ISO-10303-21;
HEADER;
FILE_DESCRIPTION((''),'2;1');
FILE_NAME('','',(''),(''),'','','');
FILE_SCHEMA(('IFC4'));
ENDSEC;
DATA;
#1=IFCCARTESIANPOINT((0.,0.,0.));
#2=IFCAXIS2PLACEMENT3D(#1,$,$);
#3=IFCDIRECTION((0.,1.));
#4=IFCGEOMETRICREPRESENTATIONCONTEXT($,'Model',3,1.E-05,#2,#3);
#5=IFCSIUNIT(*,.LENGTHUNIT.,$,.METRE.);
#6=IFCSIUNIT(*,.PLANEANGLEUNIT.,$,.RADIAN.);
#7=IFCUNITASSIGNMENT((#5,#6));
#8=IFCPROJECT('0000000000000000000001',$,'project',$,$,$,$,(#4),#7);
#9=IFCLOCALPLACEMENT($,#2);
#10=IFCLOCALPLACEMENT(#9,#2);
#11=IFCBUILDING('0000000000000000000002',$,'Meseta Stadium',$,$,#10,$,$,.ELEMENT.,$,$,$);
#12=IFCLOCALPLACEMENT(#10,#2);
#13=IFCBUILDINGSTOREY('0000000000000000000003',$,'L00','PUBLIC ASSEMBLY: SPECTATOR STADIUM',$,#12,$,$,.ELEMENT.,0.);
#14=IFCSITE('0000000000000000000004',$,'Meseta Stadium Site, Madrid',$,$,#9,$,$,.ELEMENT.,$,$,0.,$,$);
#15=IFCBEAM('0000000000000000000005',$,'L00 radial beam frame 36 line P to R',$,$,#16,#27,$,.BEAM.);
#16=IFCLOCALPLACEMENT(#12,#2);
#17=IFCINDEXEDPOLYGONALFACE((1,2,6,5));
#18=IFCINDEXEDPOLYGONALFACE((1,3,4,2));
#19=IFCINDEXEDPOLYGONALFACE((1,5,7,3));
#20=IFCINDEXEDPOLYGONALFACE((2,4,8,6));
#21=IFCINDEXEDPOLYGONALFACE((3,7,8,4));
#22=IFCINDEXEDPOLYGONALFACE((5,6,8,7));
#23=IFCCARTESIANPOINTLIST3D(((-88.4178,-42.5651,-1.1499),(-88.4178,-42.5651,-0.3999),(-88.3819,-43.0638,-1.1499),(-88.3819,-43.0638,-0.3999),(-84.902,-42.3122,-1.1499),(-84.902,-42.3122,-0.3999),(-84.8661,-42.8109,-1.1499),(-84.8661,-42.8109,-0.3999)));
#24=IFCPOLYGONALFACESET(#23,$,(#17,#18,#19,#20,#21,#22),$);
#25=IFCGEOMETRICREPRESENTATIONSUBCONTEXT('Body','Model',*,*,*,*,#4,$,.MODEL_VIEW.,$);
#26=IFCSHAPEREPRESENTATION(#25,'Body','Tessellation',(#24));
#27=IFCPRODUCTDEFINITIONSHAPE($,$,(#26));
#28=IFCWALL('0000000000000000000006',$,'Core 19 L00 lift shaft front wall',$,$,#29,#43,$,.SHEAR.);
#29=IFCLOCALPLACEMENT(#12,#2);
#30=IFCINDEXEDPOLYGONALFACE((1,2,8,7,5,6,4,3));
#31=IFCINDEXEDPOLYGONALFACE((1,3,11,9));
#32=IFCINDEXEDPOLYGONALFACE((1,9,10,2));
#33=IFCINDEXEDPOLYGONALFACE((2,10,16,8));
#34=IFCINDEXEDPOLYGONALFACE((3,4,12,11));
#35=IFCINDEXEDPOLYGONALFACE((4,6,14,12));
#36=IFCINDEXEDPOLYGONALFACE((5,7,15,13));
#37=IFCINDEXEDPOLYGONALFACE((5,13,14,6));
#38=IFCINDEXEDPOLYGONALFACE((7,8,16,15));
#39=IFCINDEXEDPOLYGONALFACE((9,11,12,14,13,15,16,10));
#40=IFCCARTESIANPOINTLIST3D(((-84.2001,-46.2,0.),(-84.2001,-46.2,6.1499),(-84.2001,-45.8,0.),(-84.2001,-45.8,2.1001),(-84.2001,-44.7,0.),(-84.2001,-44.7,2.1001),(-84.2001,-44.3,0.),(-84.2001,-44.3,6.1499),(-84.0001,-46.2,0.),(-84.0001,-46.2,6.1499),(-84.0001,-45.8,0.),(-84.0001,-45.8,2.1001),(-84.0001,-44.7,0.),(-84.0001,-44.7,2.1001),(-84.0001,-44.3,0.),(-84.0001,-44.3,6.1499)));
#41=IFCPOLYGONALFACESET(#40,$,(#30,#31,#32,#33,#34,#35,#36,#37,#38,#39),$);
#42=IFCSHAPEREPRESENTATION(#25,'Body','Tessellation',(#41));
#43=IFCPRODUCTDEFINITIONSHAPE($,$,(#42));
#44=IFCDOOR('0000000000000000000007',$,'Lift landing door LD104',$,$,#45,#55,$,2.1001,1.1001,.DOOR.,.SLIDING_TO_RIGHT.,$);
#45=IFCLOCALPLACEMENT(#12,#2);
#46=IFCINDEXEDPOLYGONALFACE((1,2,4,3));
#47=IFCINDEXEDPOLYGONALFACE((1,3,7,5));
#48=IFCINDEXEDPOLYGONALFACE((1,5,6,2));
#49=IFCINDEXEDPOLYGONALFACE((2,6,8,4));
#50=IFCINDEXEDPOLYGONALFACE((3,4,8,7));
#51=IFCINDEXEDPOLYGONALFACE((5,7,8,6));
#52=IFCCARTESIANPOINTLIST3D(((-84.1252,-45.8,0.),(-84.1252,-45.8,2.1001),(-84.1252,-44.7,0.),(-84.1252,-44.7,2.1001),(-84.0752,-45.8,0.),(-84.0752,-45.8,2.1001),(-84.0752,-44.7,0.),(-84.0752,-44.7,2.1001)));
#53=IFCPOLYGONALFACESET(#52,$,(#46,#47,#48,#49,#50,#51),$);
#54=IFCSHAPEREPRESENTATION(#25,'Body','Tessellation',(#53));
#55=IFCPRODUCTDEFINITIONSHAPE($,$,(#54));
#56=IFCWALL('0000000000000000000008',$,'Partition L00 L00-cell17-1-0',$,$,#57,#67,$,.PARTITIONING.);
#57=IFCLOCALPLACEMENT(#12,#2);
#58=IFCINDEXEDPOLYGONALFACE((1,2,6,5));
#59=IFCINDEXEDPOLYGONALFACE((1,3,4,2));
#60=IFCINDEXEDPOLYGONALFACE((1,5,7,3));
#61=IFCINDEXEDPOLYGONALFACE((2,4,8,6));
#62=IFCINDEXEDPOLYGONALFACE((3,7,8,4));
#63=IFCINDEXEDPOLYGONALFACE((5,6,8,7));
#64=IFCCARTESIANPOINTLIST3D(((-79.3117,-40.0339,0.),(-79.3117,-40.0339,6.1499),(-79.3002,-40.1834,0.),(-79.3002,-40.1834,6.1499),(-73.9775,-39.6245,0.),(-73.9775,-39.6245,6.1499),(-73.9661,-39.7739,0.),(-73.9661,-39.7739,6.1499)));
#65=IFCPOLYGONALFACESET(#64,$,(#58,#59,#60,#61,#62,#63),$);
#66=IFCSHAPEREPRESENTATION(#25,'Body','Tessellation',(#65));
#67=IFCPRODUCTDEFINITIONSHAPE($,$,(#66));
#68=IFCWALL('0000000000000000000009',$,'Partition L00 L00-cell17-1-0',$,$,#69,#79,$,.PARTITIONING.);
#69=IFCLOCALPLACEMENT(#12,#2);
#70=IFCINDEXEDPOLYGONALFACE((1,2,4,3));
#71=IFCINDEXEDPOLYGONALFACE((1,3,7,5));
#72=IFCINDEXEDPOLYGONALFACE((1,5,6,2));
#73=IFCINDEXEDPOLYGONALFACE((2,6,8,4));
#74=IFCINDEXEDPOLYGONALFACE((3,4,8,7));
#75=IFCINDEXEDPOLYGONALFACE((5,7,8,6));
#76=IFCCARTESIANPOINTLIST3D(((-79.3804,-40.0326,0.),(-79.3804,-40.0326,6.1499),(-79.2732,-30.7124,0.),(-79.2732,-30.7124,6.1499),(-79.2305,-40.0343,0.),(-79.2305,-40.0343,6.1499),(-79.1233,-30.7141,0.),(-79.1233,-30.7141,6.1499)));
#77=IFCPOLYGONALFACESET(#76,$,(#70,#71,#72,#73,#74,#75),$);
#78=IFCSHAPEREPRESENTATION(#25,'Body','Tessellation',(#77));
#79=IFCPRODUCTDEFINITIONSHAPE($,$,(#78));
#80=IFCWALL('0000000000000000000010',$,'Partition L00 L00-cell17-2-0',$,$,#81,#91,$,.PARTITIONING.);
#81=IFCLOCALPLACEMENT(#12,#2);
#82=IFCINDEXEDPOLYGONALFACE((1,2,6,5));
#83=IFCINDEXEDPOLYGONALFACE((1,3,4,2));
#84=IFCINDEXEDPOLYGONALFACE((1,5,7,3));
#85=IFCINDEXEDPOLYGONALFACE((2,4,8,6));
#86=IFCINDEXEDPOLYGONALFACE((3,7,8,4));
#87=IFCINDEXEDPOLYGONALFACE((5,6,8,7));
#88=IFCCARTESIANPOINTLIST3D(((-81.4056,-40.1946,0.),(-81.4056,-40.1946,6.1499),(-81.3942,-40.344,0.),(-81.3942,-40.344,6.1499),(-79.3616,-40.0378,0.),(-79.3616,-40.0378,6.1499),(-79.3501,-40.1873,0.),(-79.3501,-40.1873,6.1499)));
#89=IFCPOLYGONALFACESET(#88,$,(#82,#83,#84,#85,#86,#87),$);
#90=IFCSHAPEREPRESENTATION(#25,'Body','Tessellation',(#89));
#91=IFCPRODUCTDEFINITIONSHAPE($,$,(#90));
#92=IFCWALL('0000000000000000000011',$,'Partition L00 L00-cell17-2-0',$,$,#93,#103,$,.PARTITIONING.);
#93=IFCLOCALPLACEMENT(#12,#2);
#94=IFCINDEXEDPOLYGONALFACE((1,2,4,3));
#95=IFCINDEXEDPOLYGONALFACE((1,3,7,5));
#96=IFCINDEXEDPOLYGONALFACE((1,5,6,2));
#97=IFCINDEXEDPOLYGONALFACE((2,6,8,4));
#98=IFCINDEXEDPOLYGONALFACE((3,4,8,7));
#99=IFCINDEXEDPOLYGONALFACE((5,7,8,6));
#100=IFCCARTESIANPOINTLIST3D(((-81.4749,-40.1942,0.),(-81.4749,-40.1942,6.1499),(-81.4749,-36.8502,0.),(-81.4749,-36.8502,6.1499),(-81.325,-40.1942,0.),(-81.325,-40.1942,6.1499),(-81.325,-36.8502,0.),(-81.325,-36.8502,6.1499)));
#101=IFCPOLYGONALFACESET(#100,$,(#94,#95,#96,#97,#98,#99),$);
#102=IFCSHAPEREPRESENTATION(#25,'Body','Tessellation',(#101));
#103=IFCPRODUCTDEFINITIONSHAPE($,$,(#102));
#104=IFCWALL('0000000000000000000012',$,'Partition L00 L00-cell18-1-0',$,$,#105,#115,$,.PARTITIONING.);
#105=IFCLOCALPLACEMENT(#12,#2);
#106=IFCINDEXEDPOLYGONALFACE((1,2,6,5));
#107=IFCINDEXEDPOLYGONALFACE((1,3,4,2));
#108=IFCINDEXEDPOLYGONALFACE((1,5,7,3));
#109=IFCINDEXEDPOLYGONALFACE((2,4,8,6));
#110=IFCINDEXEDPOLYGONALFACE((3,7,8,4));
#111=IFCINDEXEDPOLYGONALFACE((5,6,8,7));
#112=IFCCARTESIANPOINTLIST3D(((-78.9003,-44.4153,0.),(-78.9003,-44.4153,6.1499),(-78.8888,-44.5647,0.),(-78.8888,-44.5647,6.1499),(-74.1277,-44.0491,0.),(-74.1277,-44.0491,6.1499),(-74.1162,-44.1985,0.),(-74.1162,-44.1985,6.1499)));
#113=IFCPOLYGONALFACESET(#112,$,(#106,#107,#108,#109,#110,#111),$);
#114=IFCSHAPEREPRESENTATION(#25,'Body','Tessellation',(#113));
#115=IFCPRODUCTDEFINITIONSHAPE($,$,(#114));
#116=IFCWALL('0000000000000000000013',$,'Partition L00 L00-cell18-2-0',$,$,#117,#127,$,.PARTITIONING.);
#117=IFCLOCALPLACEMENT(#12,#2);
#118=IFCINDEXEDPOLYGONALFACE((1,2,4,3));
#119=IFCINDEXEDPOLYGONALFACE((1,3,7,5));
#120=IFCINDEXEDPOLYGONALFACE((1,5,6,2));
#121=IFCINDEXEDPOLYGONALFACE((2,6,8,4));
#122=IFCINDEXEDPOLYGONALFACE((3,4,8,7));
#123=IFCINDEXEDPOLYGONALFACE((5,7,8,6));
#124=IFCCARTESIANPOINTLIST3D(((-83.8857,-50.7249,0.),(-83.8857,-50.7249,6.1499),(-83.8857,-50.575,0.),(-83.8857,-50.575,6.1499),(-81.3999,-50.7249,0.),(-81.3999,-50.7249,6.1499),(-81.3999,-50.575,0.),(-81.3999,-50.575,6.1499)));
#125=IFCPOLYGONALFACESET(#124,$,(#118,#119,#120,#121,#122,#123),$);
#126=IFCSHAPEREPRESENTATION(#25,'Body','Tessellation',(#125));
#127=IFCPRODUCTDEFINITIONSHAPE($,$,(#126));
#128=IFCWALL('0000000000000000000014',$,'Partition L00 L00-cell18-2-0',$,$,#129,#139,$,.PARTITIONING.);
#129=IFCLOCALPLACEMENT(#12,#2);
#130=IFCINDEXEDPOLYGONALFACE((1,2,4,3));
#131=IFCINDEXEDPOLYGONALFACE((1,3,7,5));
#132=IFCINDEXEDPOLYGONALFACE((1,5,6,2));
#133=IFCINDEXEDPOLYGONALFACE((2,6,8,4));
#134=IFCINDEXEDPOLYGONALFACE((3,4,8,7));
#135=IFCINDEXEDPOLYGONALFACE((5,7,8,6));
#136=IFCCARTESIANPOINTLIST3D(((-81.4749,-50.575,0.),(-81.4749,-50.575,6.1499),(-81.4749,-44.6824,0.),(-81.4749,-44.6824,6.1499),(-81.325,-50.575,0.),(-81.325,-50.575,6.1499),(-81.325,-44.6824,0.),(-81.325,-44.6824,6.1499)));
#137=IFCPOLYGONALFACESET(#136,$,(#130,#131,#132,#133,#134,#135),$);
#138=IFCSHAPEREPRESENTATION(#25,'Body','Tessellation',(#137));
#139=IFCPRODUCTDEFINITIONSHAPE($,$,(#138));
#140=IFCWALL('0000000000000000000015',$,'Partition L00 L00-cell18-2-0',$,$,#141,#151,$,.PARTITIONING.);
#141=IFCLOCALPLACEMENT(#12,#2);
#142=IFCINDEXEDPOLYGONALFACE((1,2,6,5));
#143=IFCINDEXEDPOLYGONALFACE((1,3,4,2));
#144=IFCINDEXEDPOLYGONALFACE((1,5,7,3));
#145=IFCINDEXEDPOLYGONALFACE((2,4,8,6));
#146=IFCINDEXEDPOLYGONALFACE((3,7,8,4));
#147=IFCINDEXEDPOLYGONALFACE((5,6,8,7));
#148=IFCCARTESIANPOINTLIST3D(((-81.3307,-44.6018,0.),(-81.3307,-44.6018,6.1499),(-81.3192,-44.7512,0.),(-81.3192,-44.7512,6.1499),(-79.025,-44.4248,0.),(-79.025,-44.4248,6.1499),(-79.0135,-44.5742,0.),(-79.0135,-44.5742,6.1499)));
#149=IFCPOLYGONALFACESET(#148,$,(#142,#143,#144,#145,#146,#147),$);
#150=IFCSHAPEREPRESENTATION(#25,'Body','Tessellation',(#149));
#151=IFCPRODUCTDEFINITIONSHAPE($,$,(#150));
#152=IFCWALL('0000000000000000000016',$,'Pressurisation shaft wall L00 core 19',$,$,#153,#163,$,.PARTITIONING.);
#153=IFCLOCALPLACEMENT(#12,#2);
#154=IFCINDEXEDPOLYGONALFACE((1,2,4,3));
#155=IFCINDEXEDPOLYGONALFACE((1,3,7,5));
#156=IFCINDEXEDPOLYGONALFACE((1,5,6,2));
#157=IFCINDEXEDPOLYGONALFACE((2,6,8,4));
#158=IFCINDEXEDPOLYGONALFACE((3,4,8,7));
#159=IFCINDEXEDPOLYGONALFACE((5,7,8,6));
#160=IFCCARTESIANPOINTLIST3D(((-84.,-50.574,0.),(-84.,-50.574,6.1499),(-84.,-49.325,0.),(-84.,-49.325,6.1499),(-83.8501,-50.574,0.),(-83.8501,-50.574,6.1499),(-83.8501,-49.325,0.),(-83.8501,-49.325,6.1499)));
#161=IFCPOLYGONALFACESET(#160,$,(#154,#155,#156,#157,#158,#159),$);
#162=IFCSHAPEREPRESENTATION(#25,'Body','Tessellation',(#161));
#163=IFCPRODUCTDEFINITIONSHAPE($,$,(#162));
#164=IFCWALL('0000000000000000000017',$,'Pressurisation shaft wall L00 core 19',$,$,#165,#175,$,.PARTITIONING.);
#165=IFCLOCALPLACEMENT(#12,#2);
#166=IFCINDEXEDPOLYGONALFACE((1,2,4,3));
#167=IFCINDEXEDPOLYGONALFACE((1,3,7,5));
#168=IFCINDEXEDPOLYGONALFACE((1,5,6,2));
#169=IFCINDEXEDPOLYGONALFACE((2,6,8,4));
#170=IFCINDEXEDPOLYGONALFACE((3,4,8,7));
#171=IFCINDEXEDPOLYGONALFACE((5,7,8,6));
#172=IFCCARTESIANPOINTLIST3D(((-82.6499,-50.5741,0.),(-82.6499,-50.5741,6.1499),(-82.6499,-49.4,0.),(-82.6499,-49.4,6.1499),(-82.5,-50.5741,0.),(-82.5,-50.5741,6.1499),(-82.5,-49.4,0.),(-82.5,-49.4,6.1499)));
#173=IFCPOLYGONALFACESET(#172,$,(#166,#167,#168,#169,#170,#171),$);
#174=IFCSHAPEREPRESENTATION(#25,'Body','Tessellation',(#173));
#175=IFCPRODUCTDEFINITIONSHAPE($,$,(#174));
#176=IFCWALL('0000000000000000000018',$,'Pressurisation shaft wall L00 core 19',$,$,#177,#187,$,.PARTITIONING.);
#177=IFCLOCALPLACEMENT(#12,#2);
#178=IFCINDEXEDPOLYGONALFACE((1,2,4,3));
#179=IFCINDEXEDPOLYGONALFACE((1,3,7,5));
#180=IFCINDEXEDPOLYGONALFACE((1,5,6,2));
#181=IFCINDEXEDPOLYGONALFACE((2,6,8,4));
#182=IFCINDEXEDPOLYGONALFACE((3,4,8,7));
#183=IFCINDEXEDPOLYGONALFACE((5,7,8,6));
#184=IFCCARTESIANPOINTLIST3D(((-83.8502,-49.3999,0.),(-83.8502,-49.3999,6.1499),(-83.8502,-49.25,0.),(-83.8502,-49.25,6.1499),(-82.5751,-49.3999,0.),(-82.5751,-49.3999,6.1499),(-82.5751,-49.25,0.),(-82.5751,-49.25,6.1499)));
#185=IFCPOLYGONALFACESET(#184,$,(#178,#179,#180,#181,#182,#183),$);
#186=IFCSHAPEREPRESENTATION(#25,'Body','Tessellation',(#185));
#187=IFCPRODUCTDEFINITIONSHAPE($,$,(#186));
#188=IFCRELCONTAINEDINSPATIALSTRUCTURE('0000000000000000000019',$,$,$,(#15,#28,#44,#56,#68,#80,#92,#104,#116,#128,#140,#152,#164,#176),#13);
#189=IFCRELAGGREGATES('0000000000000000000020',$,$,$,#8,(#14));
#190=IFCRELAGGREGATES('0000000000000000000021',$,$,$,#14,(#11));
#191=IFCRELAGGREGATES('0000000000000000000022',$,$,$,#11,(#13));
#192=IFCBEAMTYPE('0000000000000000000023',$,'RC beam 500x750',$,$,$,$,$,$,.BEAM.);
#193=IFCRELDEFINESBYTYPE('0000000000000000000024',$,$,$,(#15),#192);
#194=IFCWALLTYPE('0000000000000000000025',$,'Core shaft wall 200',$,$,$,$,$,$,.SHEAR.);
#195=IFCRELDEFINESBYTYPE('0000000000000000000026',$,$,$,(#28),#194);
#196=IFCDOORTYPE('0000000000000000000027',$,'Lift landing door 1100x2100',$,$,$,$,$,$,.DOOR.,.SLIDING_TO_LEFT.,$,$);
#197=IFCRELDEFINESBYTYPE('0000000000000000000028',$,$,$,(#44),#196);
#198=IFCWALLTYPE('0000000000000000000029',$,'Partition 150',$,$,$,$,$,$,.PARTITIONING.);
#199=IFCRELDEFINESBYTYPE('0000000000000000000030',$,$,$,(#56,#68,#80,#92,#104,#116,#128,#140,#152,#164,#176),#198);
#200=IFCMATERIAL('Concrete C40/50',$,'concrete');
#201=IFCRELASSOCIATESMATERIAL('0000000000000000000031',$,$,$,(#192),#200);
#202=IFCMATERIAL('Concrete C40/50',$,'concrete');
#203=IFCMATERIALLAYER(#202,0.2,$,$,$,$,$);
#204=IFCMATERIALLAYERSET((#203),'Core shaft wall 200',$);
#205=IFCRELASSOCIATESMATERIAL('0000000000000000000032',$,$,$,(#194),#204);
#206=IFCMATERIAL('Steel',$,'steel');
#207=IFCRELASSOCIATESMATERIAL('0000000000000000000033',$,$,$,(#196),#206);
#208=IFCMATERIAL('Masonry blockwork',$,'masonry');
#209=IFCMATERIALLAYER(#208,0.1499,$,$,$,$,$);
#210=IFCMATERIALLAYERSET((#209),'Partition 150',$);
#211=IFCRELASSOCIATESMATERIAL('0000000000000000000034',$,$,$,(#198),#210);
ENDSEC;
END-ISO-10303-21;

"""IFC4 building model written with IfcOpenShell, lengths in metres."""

from ifc_helpers import new_model, si_unit, direction, frame, frame_2d, origin, origin_2d, place, context, subcontext, project, spatial, rectangle, extrude, material, layer, layer_set, material_profile, profile_set, type_object, element, fill, save


model = new_model("IFC4")

# Units and contexts
model_context = context("Model", 3, precision=1e-05, world=origin(), true_north=direction((0.0, 1.0)))
body_context = subcontext(model_context, "Body", "Model", "MODEL_VIEW")
ifc_project = project(units=[si_unit("LENGTHUNIT", "METRE"), si_unit("PLANEANGLEUNIT", "RADIAN")], contexts=[model_context])

# Site, building, storey
site_placement = place(None, origin())
site = spatial("IfcSite", under=ifc_project, at=site_placement, Name="Meseta Stadium Site, Madrid", CompositionType="ELEMENT", RefElevation=0.0)
building_placement = place(site_placement, origin())
building = spatial("IfcBuilding", under=site, at=building_placement, Name="Meseta Stadium", CompositionType="ELEMENT")
storey_placement = place(building_placement, origin())
storey = spatial("IfcBuildingStorey", under=building, at=storey_placement, Name="L00", Description="PUBLIC ASSEMBLY: SPECTATOR STADIUM", CompositionType="ELEMENT", Elevation=0.0)

# Beam
ifc_material_1 = material(Name="Concrete C40/50", Category="concrete")
ifc_material_profile = material_profile(ifc_material_1, rectangle(XDim=0.5, YDim=0.75, at=origin_2d()), Name="RC 500x750")
ifc_profile_set = profile_set([ifc_material_profile], Name="Concrete C40/50")
beam_type = type_object("IfcBeamType", Name="RC beam 500x750", PredefinedType="BEAM", material=ifc_profile_set)
beam_placement = place(storey_placement, frame((-84.884, -42.5615, -0.7749), z_axis=(-0.997422, -0.071754, 0.0), x_axis=(0.071754, -0.997422, 0.0)))
element("IfcBeam", 1, at=beam_placement, inside=storey, type_object=beam_type, Name="L00 radial beam frame 36 line P to R", PredefinedType="BEAM", context=body_context, shape_type="SweptSolid", body=[
    extrude(rectangle(XDim=0.5, YDim=0.75, at=origin_2d()), origin(), (0.0, 0.0, 1.0), 3.5249),
])

# Wall, opening, door
ifc_material_2 = material(Name="Concrete C40/50", Category="concrete")
ifc_layer_1 = layer(ifc_material_2, 0.2)
ifc_layer_set_1 = layer_set([ifc_layer_1], Name="Core shaft wall 200")
wall_type_1 = type_object("IfcWallType", Name="Core shaft wall 200", PredefinedType="SHEAR", material=ifc_layer_set_1)
wall_1_placement = place(storey_placement, frame((-84.1001, -44.3, 0.0), z_axis=(0.0, 0.0, 1.0), x_axis=(0.0, -1.0, 0.0)))
wall_1 = element("IfcWall", 2, at=wall_1_placement, inside=storey, type_object=wall_type_1, Name="Core 19 L00 lift shaft front wall", PredefinedType="SHEAR", context=body_context, shape_type="SweptSolid", body=[
    extrude(rectangle(XDim=1.8999, YDim=0.2, at=frame_2d((0.95, 0.0))), origin(), (0.0, 0.0, 1.0), 6.1499),
])
opening_1_placement = place(wall_1_placement, frame((0.3999, 0.0, 0.0)))
opening_1 = element("IfcOpeningElement", 3, at=opening_1_placement, cuts=wall_1, PredefinedType="OPENING", context=body_context, shape_type="SweptSolid", body=[
    extrude(rectangle(XDim=1.1001, YDim=2.1001, at=frame_2d((0.55, 1.05))), frame((0.0, 0.1099, 0.0), z_axis=(0.0, -1.0, 0.0), x_axis=(1.0, 0.0, 0.0)), (0.0, 0.0, 1.0), 0.22),
])
ifc_material_3 = material(Name="Steel", Category="steel")
door_type_1 = type_object("IfcDoorType", Name="Lift landing door 1100x2100", OperationType="SLIDING_TO_LEFT", PredefinedType="DOOR", material=ifc_material_3)
door_1_placement = place(opening_1_placement, origin())
door_1 = element("IfcDoor", 4, at=door_1_placement, inside=storey, type_object=door_type_1, Name="Lift landing door LD104", OperationType="SLIDING_TO_RIGHT", OverallHeight=2.1001, OverallWidth=1.1001, PredefinedType="DOOR", context=body_context, shape_type="SweptSolid", body=[
    extrude(rectangle(XDim=1.1001, YDim=2.1001, at=frame_2d((0.55, 1.05))), frame((0.0, 0.0249, 0.0), z_axis=(0.0, -1.0, 0.0), x_axis=(1.0, 0.0, 0.0)), (0.0, 0.0, 1.0), 0.05),
])
fill(opening_1, door_1)

# Walls
ifc_material_4 = material(Name="Masonry blockwork", Category="masonry")
ifc_layer_2 = layer(ifc_material_4, 0.1499)
ifc_layer_set_2 = layer_set([ifc_layer_2], Name="Partition 150")
wall_type_2 = type_object("IfcWallType", Name="Partition 150", PredefinedType="PARTITIONING", material=ifc_layer_set_2)
wall_2_placement = place(storey_placement, frame((-73.9719, -39.6992, 0.0), z_axis=(0.0, 0.0, 1.0), x_axis=(-0.997067, -0.076529, 0.0)))
element("IfcWall", 5, at=wall_2_placement, inside=storey, type_object=wall_type_2, Name="Partition L00 L00-cell17-1-0", PredefinedType="PARTITIONING", context=body_context, shape_type="SweptSolid", body=[
    extrude(rectangle(XDim=5.3499, YDim=0.1499, at=frame_2d((2.6748, 0.0))), origin(), (0.0, 0.0, 1.0), 6.1499),
])
wall_3_placement = place(storey_placement, frame((-79.3054, -40.0334, 0.0), z_axis=(0.0, 0.0, 1.0), x_axis=(0.011499, 0.999934, 0.0)))
element("IfcWall", 6, at=wall_3_placement, inside=storey, type_object=wall_type_2, Name="Partition L00 L00-cell17-1-0", PredefinedType="PARTITIONING", context=body_context, shape_type="SweptSolid", body=[
    extrude(rectangle(XDim=9.3208, YDim=0.1499, at=frame_2d((4.6604, 0.0))), origin(), (0.0, 0.0, 1.0), 6.1499),
])
wall_4_placement = place(storey_placement, frame((-79.356, -40.1125, 0.0), z_axis=(0.0, 0.0, 1.0), x_axis=(-0.997073, -0.07646, 0.0)))
element("IfcWall", 7, at=wall_4_placement, inside=storey, type_object=wall_type_2, Name="Partition L00 L00-cell17-2-0", PredefinedType="PARTITIONING", context=body_context, shape_type="SweptSolid", body=[
    extrude(rectangle(XDim=2.05, YDim=0.1499, at=frame_2d((1.0249, 0.0))), origin(), (0.0, 0.0, 1.0), 6.1499),
])
wall_5_placement = place(storey_placement, frame((-81.3999, -40.1941, 0.0), z_axis=(0.0, 0.0, 1.0), x_axis=(0.0, 1.0, 0.0)))
element("IfcWall", 8, at=wall_5_placement, inside=storey, type_object=wall_type_2, Name="Partition L00 L00-cell17-2-0", PredefinedType="PARTITIONING", context=body_context, shape_type="SweptSolid", body=[
    extrude(rectangle(XDim=3.344, YDim=0.1499, at=frame_2d((1.6719, 0.0))), origin(), (0.0, 0.0, 1.0), 6.1499),
])
wall_6_placement = place(storey_placement, frame((-78.8945, -44.49, 0.0), z_axis=(0.0, 0.0, 1.0), x_axis=(0.997069, 0.076505, 0.0)))
element("IfcWall", 9, at=wall_6_placement, inside=storey, type_object=wall_type_2, Name="Partition L00 L00-cell18-1-0", PredefinedType="PARTITIONING", context=body_context, shape_type="SweptSolid", body=[
    extrude(rectangle(XDim=4.7866, YDim=0.1499, at=frame_2d((2.3933, 0.0))), origin(), (0.0, 0.0, 1.0), 6.1499),
])
wall_7_placement = place(storey_placement, frame((-83.8857, -50.6499, 0.0), z_axis=(0.0, 0.0, 1.0), x_axis=(1.0, 0.0, 0.0)))
element("IfcWall", 10, at=wall_7_placement, inside=storey, type_object=wall_type_2, Name="Partition L00 L00-cell18-2-0", PredefinedType="PARTITIONING", context=body_context, shape_type="SweptSolid", body=[
    extrude(rectangle(XDim=2.4858, YDim=0.1499, at=frame_2d((1.2429, 0.0))), origin(), (0.0, 0.0, 1.0), 6.1499),
])
wall_8_placement = place(storey_placement, frame((-81.3999, -50.575, 0.0), z_axis=(0.0, 0.0, 1.0), x_axis=(0.0, 1.0, 0.0)))
element("IfcWall", 11, at=wall_8_placement, inside=storey, type_object=wall_type_2, Name="Partition L00 L00-cell18-2-0", PredefinedType="PARTITIONING", context=body_context, shape_type="SweptSolid", body=[
    extrude(rectangle(XDim=5.8926, YDim=0.1499, at=frame_2d((2.9463, 0.0))), origin(), (0.0, 0.0, 1.0), 6.1499),
])
wall_9_placement = place(storey_placement, frame((-81.325, -44.6765, 0.0), z_axis=(0.0, 0.0, 1.0), x_axis=(0.997066, 0.076543, 0.0)))
element("IfcWall", 12, at=wall_9_placement, inside=storey, type_object=wall_type_2, Name="Partition L00 L00-cell18-2-0", PredefinedType="PARTITIONING", context=body_context, shape_type="SweptSolid", body=[
    extrude(rectangle(XDim=2.3125, YDim=0.1499, at=frame_2d((1.1562, 0.0))), origin(), (0.0, 0.0, 1.0), 6.1499),
])
wall_10_placement = place(storey_placement, frame((-83.925, -49.325, 0.0), z_axis=(0.0, 0.0, 1.0), x_axis=(0.0, -1.0, 0.0)))
element("IfcWall", 13, at=wall_10_placement, inside=storey, type_object=wall_type_2, Name="Pressurisation shaft wall L00 core 19", PredefinedType="PARTITIONING", context=body_context, shape_type="SweptSolid", body=[
    extrude(rectangle(XDim=1.249, YDim=0.1499, at=frame_2d((0.6245, 0.0))), origin(), (0.0, 0.0, 1.0), 6.1499),
])
wall_11_placement = place(storey_placement, frame((-82.575, -50.574, 0.0), z_axis=(0.0, 0.0, 1.0), x_axis=(0.0, 1.0, 0.0)))
element("IfcWall", 14, at=wall_11_placement, inside=storey, type_object=wall_type_2, Name="Pressurisation shaft wall L00 core 19", PredefinedType="PARTITIONING", context=body_context, shape_type="SweptSolid", body=[
    extrude(rectangle(XDim=1.1741, YDim=0.1499, at=frame_2d((0.5869, 0.0))), origin(), (0.0, 0.0, 1.0), 6.1499),
])
wall_12_placement = place(storey_placement, frame((-82.575, -49.325, 0.0), z_axis=(0.0, 0.0, 1.0), x_axis=(-1.0, 0.0, 0.0)))
element("IfcWall", 15, at=wall_12_placement, inside=storey, type_object=wall_type_2, Name="Pressurisation shaft wall L00 core 19", PredefinedType="PARTITIONING", context=body_context, shape_type="SweptSolid", body=[
    extrude(rectangle(XDim=1.2751, YDim=0.1499, at=frame_2d((0.6377, 0.0))), origin(), (0.0, 0.0, 1.0), 6.1499),
])

save(model, "model.ifc")
